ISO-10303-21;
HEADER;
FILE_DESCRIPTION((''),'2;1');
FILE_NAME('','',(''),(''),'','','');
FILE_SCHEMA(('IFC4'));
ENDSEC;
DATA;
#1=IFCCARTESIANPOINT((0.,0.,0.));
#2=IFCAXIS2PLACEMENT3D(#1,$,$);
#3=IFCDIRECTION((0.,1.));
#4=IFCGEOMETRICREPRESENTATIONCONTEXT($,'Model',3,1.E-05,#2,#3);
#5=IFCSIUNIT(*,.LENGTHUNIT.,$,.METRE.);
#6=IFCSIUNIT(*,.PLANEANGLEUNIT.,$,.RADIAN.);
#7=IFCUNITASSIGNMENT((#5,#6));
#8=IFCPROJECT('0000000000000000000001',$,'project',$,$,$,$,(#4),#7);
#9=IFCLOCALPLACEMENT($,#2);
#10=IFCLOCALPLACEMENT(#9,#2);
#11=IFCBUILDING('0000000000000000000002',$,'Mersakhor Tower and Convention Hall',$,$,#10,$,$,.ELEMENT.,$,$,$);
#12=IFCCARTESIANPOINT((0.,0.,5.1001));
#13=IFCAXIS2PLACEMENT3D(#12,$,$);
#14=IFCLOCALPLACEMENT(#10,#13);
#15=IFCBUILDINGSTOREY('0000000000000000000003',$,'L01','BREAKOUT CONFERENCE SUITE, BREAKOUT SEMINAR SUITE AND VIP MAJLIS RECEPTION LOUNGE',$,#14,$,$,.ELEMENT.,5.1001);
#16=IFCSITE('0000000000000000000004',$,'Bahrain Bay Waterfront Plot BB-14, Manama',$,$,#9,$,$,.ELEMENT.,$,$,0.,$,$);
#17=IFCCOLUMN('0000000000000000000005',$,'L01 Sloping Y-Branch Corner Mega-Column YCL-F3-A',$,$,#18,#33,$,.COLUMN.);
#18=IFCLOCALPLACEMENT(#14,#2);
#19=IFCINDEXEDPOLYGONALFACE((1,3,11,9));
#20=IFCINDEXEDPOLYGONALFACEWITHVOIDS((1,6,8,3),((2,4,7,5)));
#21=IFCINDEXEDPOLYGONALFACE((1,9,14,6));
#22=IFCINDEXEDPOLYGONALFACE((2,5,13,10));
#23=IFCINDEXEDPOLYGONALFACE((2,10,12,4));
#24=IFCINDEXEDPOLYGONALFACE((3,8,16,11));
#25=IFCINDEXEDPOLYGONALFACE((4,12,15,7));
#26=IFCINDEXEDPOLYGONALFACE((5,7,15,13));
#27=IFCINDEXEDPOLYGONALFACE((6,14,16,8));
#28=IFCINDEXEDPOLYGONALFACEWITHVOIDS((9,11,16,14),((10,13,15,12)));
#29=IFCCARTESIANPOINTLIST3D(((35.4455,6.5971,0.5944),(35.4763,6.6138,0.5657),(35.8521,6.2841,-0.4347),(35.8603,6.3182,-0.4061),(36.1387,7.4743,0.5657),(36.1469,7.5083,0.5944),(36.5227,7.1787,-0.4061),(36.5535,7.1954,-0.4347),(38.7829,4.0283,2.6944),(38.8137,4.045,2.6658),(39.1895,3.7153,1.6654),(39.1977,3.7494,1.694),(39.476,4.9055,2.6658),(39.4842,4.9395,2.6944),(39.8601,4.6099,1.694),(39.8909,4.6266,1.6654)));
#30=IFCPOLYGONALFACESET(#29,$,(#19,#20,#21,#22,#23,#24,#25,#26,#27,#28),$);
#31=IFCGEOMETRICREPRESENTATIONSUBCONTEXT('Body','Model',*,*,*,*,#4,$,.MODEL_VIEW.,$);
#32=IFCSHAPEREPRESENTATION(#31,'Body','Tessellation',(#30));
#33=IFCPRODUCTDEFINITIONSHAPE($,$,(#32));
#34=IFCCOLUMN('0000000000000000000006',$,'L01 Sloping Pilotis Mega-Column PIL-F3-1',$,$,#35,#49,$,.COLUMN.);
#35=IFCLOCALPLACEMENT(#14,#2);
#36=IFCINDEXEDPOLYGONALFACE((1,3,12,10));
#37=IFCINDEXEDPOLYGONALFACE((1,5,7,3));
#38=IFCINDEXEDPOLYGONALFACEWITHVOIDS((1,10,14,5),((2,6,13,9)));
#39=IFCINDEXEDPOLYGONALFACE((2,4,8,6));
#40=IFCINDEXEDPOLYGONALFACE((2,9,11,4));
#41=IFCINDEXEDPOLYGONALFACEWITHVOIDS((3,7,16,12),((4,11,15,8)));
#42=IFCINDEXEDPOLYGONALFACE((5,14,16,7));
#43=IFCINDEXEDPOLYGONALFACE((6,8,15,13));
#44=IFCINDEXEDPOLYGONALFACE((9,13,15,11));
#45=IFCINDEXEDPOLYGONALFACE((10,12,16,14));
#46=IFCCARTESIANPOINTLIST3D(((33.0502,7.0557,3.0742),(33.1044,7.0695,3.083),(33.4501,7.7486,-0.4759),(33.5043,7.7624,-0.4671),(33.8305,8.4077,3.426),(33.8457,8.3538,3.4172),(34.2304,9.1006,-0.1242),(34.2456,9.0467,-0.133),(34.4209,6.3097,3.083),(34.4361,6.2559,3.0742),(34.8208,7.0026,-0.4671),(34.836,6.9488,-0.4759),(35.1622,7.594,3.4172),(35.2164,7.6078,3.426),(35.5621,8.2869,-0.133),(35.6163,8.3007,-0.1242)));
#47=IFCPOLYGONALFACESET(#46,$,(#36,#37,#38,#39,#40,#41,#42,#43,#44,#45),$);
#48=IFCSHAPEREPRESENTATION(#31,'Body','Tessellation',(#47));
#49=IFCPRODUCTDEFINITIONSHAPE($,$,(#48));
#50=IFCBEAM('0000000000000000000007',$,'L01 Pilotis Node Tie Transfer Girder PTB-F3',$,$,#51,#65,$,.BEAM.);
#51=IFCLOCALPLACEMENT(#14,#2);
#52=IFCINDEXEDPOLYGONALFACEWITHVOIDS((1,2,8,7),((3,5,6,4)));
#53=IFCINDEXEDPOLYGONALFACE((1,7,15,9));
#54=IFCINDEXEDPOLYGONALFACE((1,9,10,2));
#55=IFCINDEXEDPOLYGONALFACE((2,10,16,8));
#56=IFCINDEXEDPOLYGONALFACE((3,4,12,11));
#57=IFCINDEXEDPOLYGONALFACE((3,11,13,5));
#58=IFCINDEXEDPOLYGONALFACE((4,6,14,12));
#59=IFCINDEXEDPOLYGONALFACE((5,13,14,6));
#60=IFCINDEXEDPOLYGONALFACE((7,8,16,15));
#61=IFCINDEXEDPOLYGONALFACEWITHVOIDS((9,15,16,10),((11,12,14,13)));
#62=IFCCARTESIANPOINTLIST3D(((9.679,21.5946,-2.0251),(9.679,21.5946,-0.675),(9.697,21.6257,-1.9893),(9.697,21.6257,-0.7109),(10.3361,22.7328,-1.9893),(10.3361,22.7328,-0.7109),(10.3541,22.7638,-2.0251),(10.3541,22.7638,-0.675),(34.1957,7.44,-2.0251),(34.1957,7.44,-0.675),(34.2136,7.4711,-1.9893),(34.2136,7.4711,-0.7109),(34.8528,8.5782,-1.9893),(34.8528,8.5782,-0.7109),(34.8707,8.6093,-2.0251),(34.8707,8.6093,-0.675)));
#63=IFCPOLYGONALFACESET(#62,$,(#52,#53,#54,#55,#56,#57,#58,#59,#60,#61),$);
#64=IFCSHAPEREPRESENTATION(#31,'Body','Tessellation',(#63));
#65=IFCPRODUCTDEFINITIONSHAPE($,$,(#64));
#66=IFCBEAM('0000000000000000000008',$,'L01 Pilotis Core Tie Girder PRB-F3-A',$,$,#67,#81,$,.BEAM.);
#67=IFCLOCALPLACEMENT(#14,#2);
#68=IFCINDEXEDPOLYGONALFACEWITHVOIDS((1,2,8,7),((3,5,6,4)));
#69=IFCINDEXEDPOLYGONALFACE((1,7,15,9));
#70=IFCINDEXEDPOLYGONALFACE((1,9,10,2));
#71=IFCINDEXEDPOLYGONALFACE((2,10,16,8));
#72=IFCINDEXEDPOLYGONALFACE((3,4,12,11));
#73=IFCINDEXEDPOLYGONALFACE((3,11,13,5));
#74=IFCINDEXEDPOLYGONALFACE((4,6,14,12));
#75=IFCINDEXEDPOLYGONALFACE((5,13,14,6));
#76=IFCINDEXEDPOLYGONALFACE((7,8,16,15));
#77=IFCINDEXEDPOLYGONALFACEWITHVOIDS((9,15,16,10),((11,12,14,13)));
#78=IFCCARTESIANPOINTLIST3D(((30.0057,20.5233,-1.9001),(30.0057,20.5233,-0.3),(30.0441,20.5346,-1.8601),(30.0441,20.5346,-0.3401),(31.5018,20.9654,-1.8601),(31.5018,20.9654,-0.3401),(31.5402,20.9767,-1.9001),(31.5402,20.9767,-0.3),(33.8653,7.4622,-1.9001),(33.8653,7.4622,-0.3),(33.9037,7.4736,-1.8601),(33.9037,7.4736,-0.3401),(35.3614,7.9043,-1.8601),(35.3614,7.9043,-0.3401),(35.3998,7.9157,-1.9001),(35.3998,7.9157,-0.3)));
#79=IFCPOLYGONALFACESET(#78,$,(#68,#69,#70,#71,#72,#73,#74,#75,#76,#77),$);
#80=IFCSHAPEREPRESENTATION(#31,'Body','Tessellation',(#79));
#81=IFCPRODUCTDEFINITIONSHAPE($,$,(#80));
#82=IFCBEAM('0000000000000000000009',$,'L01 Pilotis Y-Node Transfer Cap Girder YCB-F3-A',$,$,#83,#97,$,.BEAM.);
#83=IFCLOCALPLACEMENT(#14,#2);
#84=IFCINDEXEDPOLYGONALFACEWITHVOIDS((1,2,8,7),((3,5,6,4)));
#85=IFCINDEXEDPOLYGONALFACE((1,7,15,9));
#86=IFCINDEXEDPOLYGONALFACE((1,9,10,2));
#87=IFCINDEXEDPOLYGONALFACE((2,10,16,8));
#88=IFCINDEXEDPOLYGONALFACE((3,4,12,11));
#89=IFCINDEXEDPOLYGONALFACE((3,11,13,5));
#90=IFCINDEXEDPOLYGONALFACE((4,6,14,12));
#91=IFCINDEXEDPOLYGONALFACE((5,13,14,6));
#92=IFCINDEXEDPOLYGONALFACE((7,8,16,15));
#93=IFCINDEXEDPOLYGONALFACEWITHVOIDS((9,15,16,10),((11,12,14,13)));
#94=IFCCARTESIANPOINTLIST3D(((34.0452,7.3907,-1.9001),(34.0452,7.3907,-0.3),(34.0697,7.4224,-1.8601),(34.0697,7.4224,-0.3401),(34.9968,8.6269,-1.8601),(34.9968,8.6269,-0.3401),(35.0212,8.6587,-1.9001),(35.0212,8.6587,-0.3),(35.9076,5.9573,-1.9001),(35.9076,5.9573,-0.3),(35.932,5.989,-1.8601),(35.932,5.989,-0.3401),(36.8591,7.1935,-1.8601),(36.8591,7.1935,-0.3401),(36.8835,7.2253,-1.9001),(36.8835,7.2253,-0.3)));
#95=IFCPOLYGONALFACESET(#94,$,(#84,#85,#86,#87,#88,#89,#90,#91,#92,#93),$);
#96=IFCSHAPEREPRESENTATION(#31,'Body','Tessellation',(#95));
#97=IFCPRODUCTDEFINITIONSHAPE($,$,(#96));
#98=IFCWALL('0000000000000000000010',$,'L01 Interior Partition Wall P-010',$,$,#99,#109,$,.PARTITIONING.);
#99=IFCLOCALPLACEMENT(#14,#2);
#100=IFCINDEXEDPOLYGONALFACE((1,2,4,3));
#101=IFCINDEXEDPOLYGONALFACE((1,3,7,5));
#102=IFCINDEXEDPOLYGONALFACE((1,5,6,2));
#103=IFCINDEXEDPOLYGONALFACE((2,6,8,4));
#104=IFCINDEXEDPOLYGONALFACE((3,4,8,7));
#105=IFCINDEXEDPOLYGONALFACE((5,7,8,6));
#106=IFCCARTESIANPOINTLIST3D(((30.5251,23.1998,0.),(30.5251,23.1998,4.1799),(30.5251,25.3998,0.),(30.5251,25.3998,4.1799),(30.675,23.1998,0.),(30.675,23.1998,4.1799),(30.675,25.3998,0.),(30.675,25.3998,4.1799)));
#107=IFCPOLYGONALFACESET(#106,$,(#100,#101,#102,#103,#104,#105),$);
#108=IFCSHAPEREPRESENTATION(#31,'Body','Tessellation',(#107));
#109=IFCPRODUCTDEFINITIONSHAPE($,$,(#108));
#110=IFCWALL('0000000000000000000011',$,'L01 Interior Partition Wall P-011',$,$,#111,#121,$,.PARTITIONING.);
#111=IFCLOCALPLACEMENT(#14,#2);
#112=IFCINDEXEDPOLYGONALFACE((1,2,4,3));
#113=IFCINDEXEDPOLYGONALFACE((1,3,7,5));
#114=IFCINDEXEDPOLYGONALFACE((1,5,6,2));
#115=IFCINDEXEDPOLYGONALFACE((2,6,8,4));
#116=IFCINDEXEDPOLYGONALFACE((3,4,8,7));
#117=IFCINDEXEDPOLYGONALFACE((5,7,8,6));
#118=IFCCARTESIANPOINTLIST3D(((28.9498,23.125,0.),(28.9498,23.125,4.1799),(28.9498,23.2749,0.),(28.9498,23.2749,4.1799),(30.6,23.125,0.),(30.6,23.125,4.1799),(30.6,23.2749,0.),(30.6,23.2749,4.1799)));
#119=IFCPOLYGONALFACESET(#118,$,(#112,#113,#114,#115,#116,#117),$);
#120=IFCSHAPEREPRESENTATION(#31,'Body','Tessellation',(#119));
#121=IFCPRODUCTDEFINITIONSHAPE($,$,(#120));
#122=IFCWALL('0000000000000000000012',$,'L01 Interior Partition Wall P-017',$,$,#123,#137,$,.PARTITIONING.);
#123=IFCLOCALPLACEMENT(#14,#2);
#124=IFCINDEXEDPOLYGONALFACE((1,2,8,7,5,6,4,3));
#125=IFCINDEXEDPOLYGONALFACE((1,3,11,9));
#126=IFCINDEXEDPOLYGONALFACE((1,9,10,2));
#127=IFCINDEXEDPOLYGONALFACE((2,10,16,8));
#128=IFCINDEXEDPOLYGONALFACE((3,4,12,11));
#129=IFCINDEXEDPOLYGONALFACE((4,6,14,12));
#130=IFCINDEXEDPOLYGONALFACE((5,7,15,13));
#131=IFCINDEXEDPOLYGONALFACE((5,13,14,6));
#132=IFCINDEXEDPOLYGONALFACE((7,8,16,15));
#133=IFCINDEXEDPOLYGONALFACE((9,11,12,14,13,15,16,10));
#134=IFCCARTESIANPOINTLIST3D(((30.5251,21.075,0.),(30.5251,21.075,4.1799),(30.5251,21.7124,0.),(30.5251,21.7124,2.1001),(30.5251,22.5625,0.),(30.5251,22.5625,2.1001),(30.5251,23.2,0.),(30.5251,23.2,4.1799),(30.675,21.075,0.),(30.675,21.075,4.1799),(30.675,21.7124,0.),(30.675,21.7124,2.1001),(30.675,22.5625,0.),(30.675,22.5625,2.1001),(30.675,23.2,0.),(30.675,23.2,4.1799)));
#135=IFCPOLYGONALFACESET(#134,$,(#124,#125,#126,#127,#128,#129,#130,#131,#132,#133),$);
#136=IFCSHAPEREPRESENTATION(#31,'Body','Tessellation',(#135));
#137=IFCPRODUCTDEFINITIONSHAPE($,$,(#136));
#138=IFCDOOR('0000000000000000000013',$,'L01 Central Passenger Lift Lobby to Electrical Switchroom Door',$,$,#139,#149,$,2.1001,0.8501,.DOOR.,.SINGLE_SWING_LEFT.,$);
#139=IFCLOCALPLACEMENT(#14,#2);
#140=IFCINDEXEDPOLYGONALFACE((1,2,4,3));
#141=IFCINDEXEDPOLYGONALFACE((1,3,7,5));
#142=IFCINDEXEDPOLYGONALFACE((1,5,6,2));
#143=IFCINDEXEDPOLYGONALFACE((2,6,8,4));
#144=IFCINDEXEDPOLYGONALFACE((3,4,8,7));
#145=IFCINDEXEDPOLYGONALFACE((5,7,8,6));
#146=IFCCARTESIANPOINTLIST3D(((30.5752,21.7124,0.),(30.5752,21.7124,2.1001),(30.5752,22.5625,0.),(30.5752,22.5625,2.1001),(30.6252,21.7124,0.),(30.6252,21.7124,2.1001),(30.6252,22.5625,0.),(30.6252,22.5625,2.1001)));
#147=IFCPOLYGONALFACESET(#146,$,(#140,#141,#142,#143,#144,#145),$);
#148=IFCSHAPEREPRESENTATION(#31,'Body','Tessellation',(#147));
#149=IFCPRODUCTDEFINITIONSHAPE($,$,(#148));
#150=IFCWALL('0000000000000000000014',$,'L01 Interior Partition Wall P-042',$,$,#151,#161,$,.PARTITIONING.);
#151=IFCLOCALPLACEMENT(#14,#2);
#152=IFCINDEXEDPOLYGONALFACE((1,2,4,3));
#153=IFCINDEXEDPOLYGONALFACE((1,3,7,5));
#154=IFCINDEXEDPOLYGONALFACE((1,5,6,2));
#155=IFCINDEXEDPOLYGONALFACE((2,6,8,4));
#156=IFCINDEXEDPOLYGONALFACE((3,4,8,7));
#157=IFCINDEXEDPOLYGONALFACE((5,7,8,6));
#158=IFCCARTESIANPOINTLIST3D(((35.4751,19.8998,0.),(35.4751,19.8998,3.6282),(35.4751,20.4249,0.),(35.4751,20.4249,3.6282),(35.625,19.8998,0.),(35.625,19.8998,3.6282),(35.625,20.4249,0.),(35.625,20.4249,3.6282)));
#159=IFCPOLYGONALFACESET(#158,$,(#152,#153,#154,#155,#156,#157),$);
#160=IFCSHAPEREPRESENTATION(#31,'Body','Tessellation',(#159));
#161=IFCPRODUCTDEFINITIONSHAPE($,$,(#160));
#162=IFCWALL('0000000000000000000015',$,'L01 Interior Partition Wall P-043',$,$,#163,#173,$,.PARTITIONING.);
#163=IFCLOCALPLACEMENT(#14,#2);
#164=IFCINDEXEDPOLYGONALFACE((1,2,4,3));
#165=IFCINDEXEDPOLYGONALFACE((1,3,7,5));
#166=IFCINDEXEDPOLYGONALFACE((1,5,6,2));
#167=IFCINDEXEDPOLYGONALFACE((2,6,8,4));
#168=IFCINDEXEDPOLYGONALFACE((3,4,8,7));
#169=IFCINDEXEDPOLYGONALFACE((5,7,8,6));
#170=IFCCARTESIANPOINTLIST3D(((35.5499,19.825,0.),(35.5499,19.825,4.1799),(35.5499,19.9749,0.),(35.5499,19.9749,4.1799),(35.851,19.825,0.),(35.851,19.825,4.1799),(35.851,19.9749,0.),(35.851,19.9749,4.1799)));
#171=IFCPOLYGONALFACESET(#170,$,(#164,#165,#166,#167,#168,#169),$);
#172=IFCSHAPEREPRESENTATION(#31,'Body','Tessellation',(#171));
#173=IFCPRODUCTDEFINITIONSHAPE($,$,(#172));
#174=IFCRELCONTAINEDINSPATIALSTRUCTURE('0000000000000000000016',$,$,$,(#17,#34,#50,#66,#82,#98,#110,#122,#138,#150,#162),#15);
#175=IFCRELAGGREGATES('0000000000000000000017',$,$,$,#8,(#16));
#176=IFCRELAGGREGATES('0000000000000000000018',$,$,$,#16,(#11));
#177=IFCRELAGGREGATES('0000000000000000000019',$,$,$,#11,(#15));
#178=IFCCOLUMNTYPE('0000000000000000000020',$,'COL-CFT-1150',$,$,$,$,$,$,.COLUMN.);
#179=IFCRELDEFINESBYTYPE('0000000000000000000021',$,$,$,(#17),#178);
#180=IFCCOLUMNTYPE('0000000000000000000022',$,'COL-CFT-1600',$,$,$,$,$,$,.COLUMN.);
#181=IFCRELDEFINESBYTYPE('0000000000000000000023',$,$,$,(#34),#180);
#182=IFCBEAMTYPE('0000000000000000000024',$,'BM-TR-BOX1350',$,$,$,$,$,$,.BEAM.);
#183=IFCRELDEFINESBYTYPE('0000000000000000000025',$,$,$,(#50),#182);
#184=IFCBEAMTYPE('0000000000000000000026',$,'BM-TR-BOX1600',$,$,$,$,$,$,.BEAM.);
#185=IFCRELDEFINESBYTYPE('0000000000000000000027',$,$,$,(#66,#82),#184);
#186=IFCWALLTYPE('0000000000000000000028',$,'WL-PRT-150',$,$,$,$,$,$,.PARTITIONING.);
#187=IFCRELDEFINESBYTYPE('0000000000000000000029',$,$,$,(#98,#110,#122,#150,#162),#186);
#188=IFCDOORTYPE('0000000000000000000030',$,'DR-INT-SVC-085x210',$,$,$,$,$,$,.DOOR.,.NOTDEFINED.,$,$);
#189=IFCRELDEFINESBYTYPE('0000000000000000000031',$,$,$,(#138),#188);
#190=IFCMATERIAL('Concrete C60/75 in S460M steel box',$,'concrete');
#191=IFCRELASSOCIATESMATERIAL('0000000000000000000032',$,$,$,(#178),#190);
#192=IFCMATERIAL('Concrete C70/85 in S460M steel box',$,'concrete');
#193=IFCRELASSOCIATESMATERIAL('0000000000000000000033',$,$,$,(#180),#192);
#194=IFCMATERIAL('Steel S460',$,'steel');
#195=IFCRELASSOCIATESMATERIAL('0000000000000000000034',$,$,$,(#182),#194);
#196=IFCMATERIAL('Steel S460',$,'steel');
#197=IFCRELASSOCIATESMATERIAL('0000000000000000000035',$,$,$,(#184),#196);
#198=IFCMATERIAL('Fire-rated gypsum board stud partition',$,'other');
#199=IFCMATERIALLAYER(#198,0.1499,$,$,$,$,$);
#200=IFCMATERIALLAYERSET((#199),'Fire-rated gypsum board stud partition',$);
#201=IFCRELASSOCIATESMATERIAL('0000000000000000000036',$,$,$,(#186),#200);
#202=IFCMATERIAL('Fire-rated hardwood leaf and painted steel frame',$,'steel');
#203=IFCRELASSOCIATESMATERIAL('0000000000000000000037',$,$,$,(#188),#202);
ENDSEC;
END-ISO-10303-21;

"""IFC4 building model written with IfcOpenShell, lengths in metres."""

from ifc_helpers import new_model, si_unit, direction, frame, frame_2d, origin, origin_2d, place, context, subcontext, project, spatial, rectangle, hollow_rectangle, extrude, material, layer, layer_set, material_profile, profile_set, type_object, element, fill, save


model = new_model("IFC4")

# Units and contexts
model_context = context("Model", 3, precision=1e-05, world=origin(), true_north=direction((0.0, 1.0)))
body_context = subcontext(model_context, "Body", "Model", "MODEL_VIEW")
ifc_project = project(units=[si_unit("LENGTHUNIT", "METRE"), si_unit("PLANEANGLEUNIT", "RADIAN")], contexts=[model_context])

# Site, building, storey
site_placement = place(None, origin())
site = spatial("IfcSite", under=ifc_project, at=site_placement, Name="Bahrain Bay Waterfront Plot BB-14, Manama", CompositionType="ELEMENT", RefElevation=0.0)
building_placement = place(site_placement, origin())
building = spatial("IfcBuilding", under=site, at=building_placement, Name="Mersakhor Tower and Convention Hall", CompositionType="ELEMENT")
storey_placement = place(building_placement, frame((0.0, 0.0, 5.1001)))
storey = spatial("IfcBuildingStorey", under=building, at=storey_placement, Name="L01", Description="BREAKOUT CONFERENCE SUITE, BREAKOUT SEMINAR SUITE AND VIP MAJLIS RECEPTION LOUNGE", CompositionType="ELEMENT", Elevation=5.1001)

# Columns
ifc_material_1 = material(Name="Concrete C60/75 in S460M steel box", Category="concrete")
ifc_material_profile_1 = material_profile(ifc_material_1, hollow_rectangle(XDim=1.1499, YDim=1.1499, WallThickness=0.032, at=origin_2d()), Name="SHS 1150x1150x32")
ifc_profile_set_1 = profile_set([ifc_material_profile_1], Name="Concrete C60/75 in S460M steel box")
column_type_1 = type_object("IfcColumnType", Name="COL-CFT-1150", PredefinedType="COLUMN", material=ifc_profile_set_1)
column_1_placement = place(storey_placement, frame((35.9995, 6.8962, 0.0798), z_axis=(0.709161, -0.545852, 0.446247), x_axis=(0.609952, 0.792439, 0.0)))
element("IfcColumn", 1, at=column_1_placement, inside=storey, type_object=column_type_1, Name="L01 Sloping Y-Branch Corner Mega-Column YCL-F3-A", PredefinedType="COLUMN", context=body_context, shape_type="SweptSolid", body=[
    extrude(hollow_rectangle(XDim=1.1499, YDim=1.1499, WallThickness=0.032, at=origin_2d()), origin(), (0.0, 0.0, 1.0), 4.7061),
])
ifc_material_2 = material(Name="Concrete C70/85 in S460M steel box", Category="concrete")
ifc_material_profile_2 = material_profile(ifc_material_2, hollow_rectangle(XDim=1.6001, YDim=1.6001, WallThickness=0.04, at=origin_2d()), Name="SHS 1600x1600x40")
ifc_profile_set_2 = profile_set([ifc_material_profile_2], Name="Concrete C70/85 in S460M steel box")
column_type_2 = type_object("IfcColumnType", Name="COL-CFT-1600", PredefinedType="COLUMN", material=ifc_profile_set_2)
column_2_placement = place(storey_placement, frame((34.5332, 8.0247, -0.3), z_axis=(-0.109891, -0.190398, 0.975537), x_axis=(0.866094, -0.499881, 0.0)))
element("IfcColumn", 2, at=column_2_placement, inside=storey, type_object=column_type_2, Name="L01 Sloping Pilotis Mega-Column PIL-F3-1", PredefinedType="COLUMN", context=body_context, shape_type="SweptSolid", body=[
    extrude(hollow_rectangle(XDim=1.6001, YDim=1.6001, WallThickness=0.04, at=origin_2d()), origin(), (0.0, 0.0, 1.0), 3.6392),
])

# Beams
ifc_material_3 = material(Name="Steel S460", Category="steel")
ifc_material_profile_3 = material_profile(ifc_material_3, hollow_rectangle(XDim=1.3501, YDim=1.3501, WallThickness=0.0359, at=origin_2d()), Name="SHS 1350x1350x36")
ifc_profile_set_3 = profile_set([ifc_material_profile_3], Name="Steel S460")
beam_type_1 = type_object("IfcBeamType", Name="BM-TR-BOX1350", PredefinedType="BEAM", material=ifc_profile_set_3)
beam_1_placement = place(storey_placement, frame((34.5332, 8.0247, -1.3501), z_axis=(-0.866027, 0.499997, 0.0), x_axis=(-0.499997, -0.866027, 0.0)))
element("IfcBeam", 3, at=beam_1_placement, inside=storey, type_object=beam_type_1, Name="L01 Pilotis Node Tie Transfer Girder PTB-F3", PredefinedType="BEAM", context=body_context, shape_type="SweptSolid", body=[
    extrude(hollow_rectangle(XDim=1.3501, YDim=1.3501, WallThickness=0.0359, at=origin_2d()), origin(), (0.0, 0.0, 1.0), 28.3093),
])
ifc_material_4 = material(Name="Steel S460", Category="steel")
ifc_material_profile_4 = material_profile(ifc_material_4, hollow_rectangle(XDim=1.6001, YDim=1.6001, WallThickness=0.04, at=origin_2d()), Name="SHS 1600x1600x40")
ifc_profile_set_4 = profile_set([ifc_material_profile_4], Name="Steel S460")
beam_type_2 = type_object("IfcBeamType", Name="BM-TR-BOX1600", PredefinedType="BEAM", material=ifc_profile_set_4)
beam_2_placement = place(storey_placement, frame((30.7729, 20.75, -1.1001), z_axis=(0.283392, -0.959004, 0.0), x_axis=(0.959004, 0.283392, 0.0)))
element("IfcBeam", 4, at=beam_2_placement, inside=storey, type_object=beam_type_2, Name="L01 Pilotis Core Tie Girder PRB-F3-A", PredefinedType="BEAM", context=body_context, shape_type="SweptSolid", body=[
    extrude(hollow_rectangle(XDim=1.6001, YDim=1.6001, WallThickness=0.04, at=origin_2d()), origin(), (0.0, 0.0, 1.0), 13.6194),
])
beam_3_placement = place(storey_placement, frame((34.5332, 8.0247, -1.1001), z_axis=(0.792458, -0.609927, 0.0), x_axis=(0.609927, 0.792458, 0.0)))
element("IfcBeam", 5, at=beam_3_placement, inside=storey, type_object=beam_type_2, Name="L01 Pilotis Y-Node Transfer Cap Girder YCB-F3-A", PredefinedType="BEAM", context=body_context, shape_type="SweptSolid", body=[
    extrude(hollow_rectangle(XDim=1.6001, YDim=1.6001, WallThickness=0.04, at=origin_2d()), origin(), (0.0, 0.0, 1.0), 2.3501),
])

# Walls
ifc_material_5 = material(Name="Fire-rated gypsum board stud partition", Category="other")
ifc_layer_1 = layer(ifc_material_5, 0.1499)
ifc_layer_set_1 = layer_set([ifc_layer_1], Name="Fire-rated gypsum board stud partition")
wall_type_1 = type_object("IfcWallType", Name="WL-PRT-150", PredefinedType="PARTITIONING", material=ifc_layer_set_1)
wall_1_placement = place(storey_placement, frame((30.6001, 25.3999, 0.0), z_axis=(0.0, 0.0, 1.0), x_axis=(0.0, -1.0, 0.0)))
element("IfcWall", 6, at=wall_1_placement, inside=storey, type_object=wall_type_1, Name="L01 Interior Partition Wall P-010", PredefinedType="PARTITIONING", context=body_context, shape_type="SweptSolid", body=[
    extrude(rectangle(XDim=2.2, YDim=0.1499, at=frame_2d((1.1001, 0.0))), origin(), (0.0, 0.0, 1.0), 4.1799),
])
wall_2_placement = place(storey_placement, frame((30.6001, 23.2, 0.0), z_axis=(0.0, 0.0, 1.0), x_axis=(-1.0, 0.0, 0.0)))
element("IfcWall", 7, at=wall_2_placement, inside=storey, type_object=wall_type_1, Name="L01 Interior Partition Wall P-011", PredefinedType="PARTITIONING", context=body_context, shape_type="SweptSolid", body=[
    extrude(rectangle(XDim=1.6501, YDim=0.1499, at=frame_2d((0.8252, 0.0))), origin(), (0.0, 0.0, 1.0), 4.1799),
])

# Wall, opening, door
wall_3_placement = place(storey_placement, frame((30.6001, 21.075, 0.0), z_axis=(0.0, 0.0, 1.0), x_axis=(0.0, 1.0, 0.0)))
wall_3 = element("IfcWall", 8, at=wall_3_placement, inside=storey, type_object=wall_type_1, Name="L01 Interior Partition Wall P-017", PredefinedType="PARTITIONING", context=body_context, shape_type="SweptSolid", body=[
    extrude(rectangle(XDim=2.125, YDim=0.1499, at=frame_2d((1.0625, 0.0))), origin(), (0.0, 0.0, 1.0), 4.1799),
])
opening_1_placement = place(wall_3_placement, frame((0.6375, 0.0, 0.0)))
opening_1 = element("IfcOpeningElement", 9, at=opening_1_placement, cuts=wall_3, PredefinedType="OPENING", context=body_context, shape_type="SweptSolid", body=[
    extrude(rectangle(XDim=0.8501, YDim=2.1001, at=frame_2d((0.425, 1.05))), frame((0.0, 0.085, 0.0), z_axis=(0.0, -1.0, 0.0), x_axis=(1.0, 0.0, 0.0)), (0.0, 0.0, 1.0), 0.1699),
])
ifc_material_6 = material(Name="Fire-rated hardwood leaf and painted steel frame", Category="steel")
door_type_1 = type_object("IfcDoorType", Name="DR-INT-SVC-085x210", OperationType="NOTDEFINED", PredefinedType="DOOR", material=ifc_material_6)
door_1_placement = place(opening_1_placement, origin())
door_1 = element("IfcDoor", 10, at=door_1_placement, inside=storey, type_object=door_type_1, Name="L01 Central Passenger Lift Lobby to Electrical Switchroom Door", OperationType="SINGLE_SWING_LEFT", OverallHeight=2.1001, OverallWidth=0.8501, PredefinedType="DOOR", context=body_context, shape_type="SweptSolid", body=[
    extrude(rectangle(XDim=0.8501, YDim=2.1001, at=frame_2d((0.425, 1.05))), frame((0.0, 0.0249, 0.0), z_axis=(0.0, -1.0, 0.0), x_axis=(1.0, 0.0, 0.0)), (0.0, 0.0, 1.0), 0.05),
])
fill(opening_1, door_1)

# Walls
wall_4_placement = place(storey_placement, frame((35.55, 20.425, 0.0), z_axis=(0.0, 0.0, 1.0), x_axis=(0.0, -1.0, 0.0)))
element("IfcWall", 11, at=wall_4_placement, inside=storey, type_object=wall_type_1, Name="L01 Interior Partition Wall P-042", PredefinedType="PARTITIONING", context=body_context, shape_type="SweptSolid", body=[
    extrude(rectangle(XDim=0.5251, YDim=0.1499, at=frame_2d((0.2627, 0.0))), origin(), (0.0, 0.0, 1.0), 3.6282),
])
wall_5_placement = place(storey_placement, frame((35.55, 19.8999, 0.0), z_axis=(0.0, 0.0, 1.0), x_axis=(1.0, 0.0, 0.0)))
element("IfcWall", 12, at=wall_5_placement, inside=storey, type_object=wall_type_1, Name="L01 Interior Partition Wall P-043", PredefinedType="PARTITIONING", context=body_context, shape_type="SweptSolid", body=[
    extrude(rectangle(XDim=0.301, YDim=0.1499, at=frame_2d((0.1504, 0.0))), origin(), (0.0, 0.0, 1.0), 4.1799),
])

save(model, "model.ifc")
